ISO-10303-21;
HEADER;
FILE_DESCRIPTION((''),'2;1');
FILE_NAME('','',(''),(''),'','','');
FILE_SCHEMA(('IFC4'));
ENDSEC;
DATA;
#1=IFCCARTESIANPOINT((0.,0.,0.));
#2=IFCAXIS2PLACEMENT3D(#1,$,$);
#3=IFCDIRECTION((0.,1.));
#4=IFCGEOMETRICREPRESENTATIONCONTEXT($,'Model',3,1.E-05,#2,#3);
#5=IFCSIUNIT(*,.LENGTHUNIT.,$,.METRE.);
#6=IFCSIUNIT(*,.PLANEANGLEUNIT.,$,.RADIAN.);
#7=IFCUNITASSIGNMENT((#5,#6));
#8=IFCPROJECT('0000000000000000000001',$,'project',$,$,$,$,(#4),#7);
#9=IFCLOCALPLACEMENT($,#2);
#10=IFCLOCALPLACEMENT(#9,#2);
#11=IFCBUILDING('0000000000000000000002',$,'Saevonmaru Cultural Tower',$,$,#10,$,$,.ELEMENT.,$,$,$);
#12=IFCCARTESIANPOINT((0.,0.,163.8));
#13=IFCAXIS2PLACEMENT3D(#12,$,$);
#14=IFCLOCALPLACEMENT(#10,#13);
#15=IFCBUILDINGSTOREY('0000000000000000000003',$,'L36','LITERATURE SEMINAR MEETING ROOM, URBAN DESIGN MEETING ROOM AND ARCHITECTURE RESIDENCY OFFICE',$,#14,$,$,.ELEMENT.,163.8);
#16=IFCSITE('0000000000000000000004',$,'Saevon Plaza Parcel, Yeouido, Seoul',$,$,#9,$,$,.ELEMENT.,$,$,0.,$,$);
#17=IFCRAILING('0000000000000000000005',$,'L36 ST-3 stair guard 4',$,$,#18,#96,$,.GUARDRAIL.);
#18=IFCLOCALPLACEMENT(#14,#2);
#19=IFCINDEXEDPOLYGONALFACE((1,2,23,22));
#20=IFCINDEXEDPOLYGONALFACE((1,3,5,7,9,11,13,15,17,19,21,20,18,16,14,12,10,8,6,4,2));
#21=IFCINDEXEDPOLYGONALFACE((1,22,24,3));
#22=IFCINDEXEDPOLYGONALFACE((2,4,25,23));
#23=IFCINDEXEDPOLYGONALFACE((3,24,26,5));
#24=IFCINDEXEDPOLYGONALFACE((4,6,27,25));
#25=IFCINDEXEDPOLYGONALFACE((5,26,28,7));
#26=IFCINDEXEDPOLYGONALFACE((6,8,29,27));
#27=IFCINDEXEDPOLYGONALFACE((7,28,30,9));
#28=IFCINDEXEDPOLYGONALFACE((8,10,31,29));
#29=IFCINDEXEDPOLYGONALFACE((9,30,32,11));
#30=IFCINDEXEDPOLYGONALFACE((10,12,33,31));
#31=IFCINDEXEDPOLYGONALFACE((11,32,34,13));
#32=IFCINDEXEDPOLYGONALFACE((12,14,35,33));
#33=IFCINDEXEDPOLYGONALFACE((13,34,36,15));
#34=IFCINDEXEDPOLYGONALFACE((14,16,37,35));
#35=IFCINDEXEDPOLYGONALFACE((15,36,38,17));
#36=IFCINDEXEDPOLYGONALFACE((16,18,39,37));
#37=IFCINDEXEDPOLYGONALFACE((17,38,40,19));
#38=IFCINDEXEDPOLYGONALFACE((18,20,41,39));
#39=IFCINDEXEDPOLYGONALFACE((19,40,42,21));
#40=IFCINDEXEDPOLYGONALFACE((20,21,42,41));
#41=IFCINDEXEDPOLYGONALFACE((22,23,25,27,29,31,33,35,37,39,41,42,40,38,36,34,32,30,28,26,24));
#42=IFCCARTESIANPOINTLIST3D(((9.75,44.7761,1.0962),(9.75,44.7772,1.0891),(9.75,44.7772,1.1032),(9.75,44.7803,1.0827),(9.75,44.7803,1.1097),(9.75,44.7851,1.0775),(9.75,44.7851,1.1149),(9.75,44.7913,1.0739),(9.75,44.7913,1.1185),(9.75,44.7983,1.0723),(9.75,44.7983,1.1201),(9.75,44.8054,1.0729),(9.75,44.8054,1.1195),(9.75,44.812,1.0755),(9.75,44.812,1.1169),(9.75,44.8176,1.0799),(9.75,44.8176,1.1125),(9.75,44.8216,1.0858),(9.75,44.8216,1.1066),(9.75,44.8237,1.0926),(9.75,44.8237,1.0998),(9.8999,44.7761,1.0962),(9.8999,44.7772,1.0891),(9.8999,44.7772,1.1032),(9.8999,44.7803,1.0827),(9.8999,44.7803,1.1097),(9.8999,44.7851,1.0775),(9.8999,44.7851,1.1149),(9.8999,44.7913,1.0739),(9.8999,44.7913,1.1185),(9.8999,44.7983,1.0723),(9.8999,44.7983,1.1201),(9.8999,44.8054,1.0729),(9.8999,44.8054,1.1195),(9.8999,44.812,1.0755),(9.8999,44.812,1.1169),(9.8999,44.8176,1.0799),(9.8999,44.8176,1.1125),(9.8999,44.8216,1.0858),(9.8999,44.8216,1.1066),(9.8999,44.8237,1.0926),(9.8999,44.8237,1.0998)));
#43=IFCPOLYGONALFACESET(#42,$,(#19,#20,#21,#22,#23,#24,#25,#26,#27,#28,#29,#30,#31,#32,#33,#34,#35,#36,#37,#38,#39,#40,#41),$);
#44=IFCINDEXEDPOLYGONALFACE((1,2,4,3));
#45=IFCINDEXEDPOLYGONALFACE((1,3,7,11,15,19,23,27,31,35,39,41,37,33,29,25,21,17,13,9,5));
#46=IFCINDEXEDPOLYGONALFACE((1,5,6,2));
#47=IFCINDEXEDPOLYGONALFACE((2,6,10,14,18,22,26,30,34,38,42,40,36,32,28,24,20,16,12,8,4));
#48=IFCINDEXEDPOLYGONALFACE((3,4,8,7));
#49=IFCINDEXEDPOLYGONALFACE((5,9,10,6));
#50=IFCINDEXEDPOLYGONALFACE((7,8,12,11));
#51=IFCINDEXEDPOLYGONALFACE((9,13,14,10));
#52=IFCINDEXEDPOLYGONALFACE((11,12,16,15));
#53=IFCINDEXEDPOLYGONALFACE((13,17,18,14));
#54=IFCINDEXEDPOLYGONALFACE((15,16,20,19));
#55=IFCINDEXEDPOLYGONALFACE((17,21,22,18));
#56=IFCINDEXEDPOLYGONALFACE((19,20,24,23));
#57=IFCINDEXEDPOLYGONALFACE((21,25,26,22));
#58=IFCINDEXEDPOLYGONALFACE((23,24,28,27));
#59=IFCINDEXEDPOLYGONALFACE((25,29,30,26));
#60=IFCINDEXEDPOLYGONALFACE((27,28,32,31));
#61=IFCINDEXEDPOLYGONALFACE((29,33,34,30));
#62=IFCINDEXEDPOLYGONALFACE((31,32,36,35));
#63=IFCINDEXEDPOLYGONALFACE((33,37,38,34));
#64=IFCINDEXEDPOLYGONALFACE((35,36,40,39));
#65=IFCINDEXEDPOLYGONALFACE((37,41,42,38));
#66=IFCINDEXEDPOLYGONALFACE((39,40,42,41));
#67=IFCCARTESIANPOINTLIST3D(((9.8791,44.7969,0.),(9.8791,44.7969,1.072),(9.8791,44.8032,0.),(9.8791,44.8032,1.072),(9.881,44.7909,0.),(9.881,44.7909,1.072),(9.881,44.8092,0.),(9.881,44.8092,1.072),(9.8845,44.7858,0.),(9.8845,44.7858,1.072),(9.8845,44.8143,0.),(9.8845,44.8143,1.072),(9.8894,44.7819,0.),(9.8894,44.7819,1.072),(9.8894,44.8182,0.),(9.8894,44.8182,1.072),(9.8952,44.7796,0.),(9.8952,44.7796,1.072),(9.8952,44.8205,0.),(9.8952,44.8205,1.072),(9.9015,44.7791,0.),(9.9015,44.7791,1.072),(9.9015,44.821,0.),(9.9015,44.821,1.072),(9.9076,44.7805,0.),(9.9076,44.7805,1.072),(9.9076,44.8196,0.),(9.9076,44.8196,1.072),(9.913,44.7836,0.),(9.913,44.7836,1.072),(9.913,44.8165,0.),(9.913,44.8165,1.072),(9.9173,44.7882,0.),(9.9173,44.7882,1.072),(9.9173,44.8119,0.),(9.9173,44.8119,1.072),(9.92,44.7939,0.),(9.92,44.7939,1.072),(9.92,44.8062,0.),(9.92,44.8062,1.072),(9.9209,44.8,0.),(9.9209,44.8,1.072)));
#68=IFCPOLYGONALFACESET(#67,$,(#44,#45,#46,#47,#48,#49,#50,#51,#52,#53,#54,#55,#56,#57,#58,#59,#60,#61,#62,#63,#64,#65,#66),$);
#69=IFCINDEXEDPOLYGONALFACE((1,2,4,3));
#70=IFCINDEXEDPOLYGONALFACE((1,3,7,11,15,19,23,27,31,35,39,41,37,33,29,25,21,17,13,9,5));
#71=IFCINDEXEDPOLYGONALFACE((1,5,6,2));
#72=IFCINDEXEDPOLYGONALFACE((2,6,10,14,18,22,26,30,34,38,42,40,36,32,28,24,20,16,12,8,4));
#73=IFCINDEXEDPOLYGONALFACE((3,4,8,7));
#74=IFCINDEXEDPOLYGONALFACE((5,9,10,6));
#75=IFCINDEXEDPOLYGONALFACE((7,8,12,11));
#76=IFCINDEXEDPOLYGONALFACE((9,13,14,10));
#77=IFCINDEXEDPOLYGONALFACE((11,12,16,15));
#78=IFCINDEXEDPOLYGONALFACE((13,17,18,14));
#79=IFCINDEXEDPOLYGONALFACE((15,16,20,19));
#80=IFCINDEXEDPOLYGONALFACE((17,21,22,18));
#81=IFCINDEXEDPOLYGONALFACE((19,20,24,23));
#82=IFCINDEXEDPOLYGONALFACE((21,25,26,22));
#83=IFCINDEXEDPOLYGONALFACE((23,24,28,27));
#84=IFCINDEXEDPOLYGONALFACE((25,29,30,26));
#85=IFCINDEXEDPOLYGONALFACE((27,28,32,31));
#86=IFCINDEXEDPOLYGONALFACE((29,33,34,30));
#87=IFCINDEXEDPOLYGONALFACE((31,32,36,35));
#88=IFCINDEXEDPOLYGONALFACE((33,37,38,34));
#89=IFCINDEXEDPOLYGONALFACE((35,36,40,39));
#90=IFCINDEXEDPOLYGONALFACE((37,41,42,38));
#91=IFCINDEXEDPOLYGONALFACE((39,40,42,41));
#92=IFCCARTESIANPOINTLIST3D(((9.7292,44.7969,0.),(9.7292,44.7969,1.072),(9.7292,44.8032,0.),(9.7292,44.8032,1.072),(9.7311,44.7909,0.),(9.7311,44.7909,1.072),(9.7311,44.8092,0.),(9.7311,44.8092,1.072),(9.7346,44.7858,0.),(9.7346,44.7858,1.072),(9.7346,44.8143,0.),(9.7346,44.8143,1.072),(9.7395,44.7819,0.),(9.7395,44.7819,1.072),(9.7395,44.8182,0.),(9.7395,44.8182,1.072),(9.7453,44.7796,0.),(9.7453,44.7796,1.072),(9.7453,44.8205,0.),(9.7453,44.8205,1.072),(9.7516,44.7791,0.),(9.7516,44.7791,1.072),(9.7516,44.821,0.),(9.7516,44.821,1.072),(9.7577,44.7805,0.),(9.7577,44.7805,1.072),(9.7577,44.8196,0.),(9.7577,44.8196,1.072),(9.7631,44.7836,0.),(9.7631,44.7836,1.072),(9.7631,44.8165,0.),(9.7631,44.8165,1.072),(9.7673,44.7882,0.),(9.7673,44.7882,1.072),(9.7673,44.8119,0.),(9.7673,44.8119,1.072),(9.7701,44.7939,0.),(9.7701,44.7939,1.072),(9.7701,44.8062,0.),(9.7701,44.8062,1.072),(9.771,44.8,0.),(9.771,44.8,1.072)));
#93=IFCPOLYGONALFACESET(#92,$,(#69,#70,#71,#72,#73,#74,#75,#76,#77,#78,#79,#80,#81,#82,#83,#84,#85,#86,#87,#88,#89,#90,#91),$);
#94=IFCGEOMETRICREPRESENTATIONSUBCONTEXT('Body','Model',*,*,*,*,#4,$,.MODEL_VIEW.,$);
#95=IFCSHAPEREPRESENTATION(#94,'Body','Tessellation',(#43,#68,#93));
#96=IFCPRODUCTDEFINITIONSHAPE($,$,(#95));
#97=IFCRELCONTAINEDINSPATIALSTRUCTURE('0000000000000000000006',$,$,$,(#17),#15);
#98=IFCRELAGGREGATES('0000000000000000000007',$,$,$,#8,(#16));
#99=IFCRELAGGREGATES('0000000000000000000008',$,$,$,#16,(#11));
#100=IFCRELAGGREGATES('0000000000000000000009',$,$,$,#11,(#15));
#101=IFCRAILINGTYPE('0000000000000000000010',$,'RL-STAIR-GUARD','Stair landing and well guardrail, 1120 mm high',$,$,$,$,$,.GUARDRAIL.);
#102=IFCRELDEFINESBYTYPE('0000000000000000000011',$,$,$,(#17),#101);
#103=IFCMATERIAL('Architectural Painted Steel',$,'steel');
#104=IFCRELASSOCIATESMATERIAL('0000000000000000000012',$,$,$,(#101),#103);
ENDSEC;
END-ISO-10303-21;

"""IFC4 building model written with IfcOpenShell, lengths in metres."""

from ifc_helpers import new_model, si_unit, direction, frame, origin, origin_2d, place, context, subcontext, project, spatial, circle, extrude, material, type_object, element, save


model = new_model("IFC4")

# Units and contexts
model_context = context("Model", 3, precision=1e-05, world=origin(), true_north=direction((0.0, 1.0)))
body_context = subcontext(model_context, "Body", "Model", "MODEL_VIEW")
ifc_project = project(units=[si_unit("LENGTHUNIT", "METRE"), si_unit("PLANEANGLEUNIT", "RADIAN")], contexts=[model_context])

# Site, building, storey
site_placement = place(None, origin())
site = spatial("IfcSite", under=ifc_project, at=site_placement, Name="Saevon Plaza Parcel, Yeouido, Seoul", CompositionType="ELEMENT", RefElevation=0.0)
building_placement = place(site_placement, origin())
building = spatial("IfcBuilding", under=site, at=building_placement, Name="Saevonmaru Cultural Tower", CompositionType="ELEMENT")
storey_placement = place(building_placement, frame((0.0, 0.0, 163.8)))
storey = spatial("IfcBuildingStorey", under=building, at=storey_placement, Name="L36", Description="LITERATURE SEMINAR MEETING ROOM, URBAN DESIGN MEETING ROOM AND ARCHITECTURE RESIDENCY OFFICE", CompositionType="ELEMENT", Elevation=163.8)

# Railing
ifc_material_1 = material(Name="Architectural Painted Steel", Category="steel")
railing_type_1 = type_object("IfcRailingType", Name="RL-STAIR-GUARD", Description="Stair landing and well guardrail, 1120 mm high", PredefinedType="GUARDRAIL", material=ifc_material_1)
railing_1_placement = place(storey_placement, frame((9.8999, 44.8, 0.0)))
element("IfcRailing", 1, at=railing_1_placement, inside=storey, type_object=railing_type_1, Name="L36 ST-3 stair guard 4", PredefinedType="GUARDRAIL", context=body_context, shape_type="SweptSolid", body=[
    extrude(circle(Radius=0.0239, at=origin_2d()), frame((0.0, 0.0, 1.0962), z_axis=(-1.0, 0.0, 0.0), x_axis=(0.0, -1.0, 0.0)), (0.0, 0.0, 1.0), 0.1499),
    extrude(circle(Radius=0.021, at=origin_2d()), origin(), (0.0, 0.0, 1.0), 1.072),
    extrude(circle(Radius=0.021, at=origin_2d()), frame((-0.1499, 0.0, 0.0)), (0.0, 0.0, 1.0), 1.072),
])

save(model, "model.ifc")
